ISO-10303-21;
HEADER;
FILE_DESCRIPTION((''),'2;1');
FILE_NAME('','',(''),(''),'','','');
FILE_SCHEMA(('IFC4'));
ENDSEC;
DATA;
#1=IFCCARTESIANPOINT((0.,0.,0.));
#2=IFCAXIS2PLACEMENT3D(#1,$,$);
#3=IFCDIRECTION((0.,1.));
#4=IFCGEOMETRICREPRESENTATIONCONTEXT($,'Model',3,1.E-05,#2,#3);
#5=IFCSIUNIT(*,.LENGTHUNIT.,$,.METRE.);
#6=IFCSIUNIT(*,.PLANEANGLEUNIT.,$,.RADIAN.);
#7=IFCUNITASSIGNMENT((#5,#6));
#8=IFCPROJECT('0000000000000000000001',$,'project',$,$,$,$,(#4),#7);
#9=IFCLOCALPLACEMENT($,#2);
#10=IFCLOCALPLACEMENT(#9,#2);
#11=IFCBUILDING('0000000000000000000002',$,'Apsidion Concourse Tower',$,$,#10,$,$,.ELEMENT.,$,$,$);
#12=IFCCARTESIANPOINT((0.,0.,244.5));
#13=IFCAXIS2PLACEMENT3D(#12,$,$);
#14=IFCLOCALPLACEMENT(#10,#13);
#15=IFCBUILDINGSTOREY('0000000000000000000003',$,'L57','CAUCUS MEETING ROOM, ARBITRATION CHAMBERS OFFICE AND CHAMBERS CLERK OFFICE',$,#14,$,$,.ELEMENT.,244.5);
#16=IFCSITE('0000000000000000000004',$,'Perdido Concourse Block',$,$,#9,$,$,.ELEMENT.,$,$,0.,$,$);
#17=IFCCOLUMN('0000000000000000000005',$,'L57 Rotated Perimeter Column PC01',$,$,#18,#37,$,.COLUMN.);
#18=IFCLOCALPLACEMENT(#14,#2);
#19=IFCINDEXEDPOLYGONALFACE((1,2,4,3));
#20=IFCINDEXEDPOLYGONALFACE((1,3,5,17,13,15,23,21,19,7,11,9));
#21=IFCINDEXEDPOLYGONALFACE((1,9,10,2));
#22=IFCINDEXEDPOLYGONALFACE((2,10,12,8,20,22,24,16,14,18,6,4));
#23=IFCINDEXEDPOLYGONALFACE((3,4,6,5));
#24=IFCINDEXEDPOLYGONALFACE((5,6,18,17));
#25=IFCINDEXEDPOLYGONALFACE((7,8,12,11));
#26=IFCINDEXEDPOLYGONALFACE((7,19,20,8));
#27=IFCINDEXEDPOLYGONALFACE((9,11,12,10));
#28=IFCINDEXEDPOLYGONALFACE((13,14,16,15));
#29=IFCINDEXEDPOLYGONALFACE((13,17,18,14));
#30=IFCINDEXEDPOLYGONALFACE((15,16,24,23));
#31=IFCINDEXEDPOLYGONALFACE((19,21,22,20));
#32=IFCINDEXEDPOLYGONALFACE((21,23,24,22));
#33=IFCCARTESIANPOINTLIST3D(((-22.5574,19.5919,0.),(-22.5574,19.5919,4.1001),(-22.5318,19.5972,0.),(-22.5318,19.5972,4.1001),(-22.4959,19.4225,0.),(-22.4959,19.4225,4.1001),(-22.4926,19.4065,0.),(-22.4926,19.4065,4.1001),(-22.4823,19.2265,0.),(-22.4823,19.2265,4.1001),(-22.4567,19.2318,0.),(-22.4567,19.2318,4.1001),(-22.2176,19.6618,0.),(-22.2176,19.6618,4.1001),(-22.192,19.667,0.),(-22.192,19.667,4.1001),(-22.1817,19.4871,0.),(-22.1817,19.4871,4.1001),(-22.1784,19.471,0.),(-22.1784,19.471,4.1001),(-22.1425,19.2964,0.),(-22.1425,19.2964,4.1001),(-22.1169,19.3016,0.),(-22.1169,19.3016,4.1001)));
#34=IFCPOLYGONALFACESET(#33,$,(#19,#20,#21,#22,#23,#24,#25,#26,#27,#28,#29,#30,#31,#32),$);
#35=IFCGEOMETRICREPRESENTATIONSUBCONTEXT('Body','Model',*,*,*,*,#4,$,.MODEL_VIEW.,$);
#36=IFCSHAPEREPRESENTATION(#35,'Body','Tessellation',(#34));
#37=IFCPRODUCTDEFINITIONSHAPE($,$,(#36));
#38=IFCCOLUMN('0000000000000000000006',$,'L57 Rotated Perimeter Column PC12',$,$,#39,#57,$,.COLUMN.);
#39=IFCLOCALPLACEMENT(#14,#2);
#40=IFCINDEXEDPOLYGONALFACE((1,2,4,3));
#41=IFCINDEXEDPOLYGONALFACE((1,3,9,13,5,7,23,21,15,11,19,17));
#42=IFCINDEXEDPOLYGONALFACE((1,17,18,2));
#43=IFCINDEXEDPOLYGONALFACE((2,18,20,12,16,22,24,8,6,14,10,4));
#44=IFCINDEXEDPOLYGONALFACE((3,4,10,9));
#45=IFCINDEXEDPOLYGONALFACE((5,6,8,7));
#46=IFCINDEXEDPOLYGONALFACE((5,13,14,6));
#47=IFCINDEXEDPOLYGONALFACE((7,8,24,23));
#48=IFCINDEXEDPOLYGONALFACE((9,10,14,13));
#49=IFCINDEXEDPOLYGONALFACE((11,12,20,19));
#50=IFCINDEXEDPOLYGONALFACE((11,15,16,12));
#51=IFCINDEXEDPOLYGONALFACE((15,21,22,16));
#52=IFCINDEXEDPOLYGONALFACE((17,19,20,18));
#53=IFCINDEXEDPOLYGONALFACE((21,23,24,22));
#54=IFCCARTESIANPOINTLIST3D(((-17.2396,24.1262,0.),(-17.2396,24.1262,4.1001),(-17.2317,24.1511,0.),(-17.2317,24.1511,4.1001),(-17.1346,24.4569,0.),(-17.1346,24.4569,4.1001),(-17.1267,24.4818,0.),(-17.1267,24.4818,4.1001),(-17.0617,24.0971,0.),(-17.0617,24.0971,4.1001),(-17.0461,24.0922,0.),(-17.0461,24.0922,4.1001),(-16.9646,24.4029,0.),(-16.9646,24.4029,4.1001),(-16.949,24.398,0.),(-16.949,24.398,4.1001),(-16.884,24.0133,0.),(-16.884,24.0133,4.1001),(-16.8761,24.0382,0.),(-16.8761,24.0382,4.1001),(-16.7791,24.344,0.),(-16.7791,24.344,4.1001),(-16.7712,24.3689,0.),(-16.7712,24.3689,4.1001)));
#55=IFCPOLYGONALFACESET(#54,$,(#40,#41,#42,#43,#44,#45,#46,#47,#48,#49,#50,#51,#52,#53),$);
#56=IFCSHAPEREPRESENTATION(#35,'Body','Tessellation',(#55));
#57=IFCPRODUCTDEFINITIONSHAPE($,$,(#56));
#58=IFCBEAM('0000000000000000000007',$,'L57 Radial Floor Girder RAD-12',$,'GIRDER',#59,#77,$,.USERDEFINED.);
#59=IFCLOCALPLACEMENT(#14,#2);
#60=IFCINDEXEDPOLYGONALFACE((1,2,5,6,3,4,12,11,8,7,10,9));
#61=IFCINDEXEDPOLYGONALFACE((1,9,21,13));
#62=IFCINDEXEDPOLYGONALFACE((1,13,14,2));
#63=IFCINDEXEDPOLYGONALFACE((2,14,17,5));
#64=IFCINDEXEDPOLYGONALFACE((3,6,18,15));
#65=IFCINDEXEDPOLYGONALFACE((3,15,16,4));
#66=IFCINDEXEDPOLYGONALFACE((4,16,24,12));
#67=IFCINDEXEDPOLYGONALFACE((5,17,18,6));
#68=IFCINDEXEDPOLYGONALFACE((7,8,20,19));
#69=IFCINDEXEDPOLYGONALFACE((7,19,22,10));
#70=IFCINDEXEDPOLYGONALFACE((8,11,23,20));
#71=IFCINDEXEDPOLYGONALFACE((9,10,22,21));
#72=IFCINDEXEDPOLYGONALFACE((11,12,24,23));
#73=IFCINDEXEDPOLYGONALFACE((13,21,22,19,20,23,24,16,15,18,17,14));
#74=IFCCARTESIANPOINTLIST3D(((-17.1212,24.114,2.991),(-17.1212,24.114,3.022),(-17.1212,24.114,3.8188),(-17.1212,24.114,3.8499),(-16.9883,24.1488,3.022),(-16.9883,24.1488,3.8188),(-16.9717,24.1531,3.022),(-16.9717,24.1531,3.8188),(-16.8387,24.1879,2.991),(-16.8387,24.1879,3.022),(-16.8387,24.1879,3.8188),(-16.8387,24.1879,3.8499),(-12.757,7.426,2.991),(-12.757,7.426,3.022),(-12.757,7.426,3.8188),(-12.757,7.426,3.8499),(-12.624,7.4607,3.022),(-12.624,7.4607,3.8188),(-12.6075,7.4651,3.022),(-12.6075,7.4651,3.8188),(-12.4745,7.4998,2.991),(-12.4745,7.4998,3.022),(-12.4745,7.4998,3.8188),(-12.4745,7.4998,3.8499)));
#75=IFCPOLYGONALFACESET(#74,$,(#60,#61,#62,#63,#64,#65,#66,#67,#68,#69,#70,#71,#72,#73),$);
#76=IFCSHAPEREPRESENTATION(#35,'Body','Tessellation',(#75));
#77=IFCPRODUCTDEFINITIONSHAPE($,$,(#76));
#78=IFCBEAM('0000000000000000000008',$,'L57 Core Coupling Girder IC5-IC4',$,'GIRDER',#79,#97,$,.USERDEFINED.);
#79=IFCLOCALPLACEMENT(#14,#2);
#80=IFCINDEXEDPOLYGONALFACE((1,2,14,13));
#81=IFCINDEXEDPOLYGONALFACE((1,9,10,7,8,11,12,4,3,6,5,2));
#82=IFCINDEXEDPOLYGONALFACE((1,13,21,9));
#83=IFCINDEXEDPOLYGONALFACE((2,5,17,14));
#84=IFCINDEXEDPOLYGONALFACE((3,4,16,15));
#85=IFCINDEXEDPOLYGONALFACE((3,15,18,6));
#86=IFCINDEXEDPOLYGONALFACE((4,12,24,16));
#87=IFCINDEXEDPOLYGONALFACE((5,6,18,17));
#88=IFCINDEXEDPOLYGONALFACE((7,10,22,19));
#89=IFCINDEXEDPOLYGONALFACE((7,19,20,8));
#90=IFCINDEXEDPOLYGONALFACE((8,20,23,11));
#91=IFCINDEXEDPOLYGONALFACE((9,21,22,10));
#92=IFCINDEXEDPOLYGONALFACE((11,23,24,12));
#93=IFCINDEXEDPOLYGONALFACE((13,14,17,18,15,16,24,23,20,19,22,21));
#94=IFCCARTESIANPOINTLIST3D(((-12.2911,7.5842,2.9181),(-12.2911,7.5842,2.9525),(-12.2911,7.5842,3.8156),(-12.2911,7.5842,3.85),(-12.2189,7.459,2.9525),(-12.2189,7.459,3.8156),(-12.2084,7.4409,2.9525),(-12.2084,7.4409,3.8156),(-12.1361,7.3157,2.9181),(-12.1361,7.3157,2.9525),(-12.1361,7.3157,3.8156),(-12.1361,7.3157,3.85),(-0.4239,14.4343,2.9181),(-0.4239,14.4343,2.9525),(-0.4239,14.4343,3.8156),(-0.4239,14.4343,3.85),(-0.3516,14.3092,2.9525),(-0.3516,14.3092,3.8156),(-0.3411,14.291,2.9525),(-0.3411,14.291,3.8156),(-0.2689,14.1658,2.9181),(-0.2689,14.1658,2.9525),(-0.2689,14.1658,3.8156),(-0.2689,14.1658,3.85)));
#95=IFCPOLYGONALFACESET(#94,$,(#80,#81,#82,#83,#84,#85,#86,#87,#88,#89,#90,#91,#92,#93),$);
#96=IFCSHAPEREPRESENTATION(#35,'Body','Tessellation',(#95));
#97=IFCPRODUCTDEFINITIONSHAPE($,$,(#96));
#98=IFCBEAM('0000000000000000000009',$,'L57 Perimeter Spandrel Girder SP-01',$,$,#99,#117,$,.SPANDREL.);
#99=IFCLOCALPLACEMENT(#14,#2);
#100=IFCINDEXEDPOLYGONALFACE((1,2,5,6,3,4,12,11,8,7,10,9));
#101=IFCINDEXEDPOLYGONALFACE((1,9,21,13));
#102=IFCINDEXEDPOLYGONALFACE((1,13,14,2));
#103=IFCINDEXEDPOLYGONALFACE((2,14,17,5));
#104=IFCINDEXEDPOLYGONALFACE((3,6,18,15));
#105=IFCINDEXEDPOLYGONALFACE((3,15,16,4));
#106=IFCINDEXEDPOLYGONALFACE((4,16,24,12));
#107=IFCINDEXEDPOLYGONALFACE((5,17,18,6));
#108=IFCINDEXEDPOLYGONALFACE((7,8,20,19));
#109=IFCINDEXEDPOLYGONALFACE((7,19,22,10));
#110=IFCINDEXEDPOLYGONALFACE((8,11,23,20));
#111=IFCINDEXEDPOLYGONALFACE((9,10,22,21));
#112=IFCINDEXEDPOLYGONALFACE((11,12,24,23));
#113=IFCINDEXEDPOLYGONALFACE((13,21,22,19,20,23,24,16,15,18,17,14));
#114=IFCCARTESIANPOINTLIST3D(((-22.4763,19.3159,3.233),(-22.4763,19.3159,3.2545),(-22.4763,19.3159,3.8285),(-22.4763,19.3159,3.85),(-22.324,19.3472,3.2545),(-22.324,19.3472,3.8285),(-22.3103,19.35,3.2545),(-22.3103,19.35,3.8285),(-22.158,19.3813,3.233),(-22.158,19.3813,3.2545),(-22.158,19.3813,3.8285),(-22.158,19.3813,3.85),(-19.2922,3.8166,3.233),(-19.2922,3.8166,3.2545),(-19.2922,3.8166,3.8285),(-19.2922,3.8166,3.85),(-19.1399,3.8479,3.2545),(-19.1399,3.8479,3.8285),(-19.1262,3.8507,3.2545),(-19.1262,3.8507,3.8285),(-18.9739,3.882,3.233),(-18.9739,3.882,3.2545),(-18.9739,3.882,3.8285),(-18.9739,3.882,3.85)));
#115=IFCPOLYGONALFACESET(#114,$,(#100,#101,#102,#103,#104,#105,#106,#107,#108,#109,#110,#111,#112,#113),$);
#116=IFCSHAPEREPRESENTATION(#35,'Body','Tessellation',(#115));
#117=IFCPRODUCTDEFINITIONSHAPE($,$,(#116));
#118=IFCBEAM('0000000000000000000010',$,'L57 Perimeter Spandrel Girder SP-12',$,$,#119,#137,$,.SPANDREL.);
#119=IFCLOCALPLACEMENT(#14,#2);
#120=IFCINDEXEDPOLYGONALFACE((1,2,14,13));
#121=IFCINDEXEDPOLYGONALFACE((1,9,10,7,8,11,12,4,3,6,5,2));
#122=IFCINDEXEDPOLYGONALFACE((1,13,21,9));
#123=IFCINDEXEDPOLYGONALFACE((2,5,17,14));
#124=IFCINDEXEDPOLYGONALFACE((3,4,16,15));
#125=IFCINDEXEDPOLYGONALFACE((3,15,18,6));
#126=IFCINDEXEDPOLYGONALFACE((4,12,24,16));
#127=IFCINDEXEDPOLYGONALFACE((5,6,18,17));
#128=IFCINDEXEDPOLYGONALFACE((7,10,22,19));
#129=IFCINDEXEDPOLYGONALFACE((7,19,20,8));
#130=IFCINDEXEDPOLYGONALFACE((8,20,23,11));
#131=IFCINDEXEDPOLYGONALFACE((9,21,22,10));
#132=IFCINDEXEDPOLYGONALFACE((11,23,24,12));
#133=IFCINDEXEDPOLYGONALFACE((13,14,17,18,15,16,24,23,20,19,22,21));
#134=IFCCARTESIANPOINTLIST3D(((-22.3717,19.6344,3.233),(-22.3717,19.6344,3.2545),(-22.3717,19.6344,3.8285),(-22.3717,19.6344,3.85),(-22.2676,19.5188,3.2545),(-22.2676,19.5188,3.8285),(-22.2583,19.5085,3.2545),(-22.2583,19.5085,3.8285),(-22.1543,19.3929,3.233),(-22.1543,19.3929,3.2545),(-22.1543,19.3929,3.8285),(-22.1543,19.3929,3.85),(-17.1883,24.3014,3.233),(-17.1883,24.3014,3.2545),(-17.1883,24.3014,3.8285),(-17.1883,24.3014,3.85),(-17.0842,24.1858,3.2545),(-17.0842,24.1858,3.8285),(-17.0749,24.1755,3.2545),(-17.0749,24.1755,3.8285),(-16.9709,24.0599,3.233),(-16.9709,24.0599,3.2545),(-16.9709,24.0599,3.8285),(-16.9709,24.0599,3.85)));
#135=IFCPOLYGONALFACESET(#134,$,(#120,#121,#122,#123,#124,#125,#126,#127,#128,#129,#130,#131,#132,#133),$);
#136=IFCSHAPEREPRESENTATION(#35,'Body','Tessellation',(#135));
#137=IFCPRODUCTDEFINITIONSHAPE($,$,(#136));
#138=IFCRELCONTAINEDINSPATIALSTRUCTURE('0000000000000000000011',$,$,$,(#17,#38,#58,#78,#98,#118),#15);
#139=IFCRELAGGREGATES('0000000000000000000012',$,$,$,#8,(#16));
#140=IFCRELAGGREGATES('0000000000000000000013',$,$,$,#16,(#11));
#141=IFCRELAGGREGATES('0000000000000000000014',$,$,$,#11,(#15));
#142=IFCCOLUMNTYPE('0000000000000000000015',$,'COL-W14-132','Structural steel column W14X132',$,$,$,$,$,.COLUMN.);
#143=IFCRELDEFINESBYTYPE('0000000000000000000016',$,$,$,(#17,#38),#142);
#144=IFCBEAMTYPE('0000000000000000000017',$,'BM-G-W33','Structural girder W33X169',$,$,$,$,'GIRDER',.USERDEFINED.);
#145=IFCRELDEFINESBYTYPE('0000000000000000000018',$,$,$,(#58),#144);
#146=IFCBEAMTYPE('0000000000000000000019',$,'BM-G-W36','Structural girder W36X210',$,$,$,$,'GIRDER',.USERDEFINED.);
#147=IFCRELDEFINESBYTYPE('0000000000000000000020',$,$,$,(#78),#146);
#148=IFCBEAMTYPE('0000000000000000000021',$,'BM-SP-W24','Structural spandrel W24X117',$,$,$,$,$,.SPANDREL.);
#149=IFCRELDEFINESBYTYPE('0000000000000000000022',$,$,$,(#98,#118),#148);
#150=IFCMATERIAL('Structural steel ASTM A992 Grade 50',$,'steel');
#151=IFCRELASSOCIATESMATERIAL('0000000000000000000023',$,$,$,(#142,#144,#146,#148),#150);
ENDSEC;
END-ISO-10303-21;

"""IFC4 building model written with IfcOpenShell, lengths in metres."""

from ifc_helpers import new_model, si_unit, direction, frame, origin, origin_2d, place, context, subcontext, project, spatial, i_section, extrude, material, material_profile, profile_set, type_object, element, save


model = new_model("IFC4")

# Units and contexts
model_context = context("Model", 3, precision=1e-05, world=origin(), true_north=direction((0.0, 1.0)))
body_context = subcontext(model_context, "Body", "Model", "MODEL_VIEW")
ifc_project = project(units=[si_unit("LENGTHUNIT", "METRE"), si_unit("PLANEANGLEUNIT", "RADIAN")], contexts=[model_context])

# Site, building, storey
site_placement = place(None, origin())
site = spatial("IfcSite", under=ifc_project, at=site_placement, Name="Perdido Concourse Block", CompositionType="ELEMENT", RefElevation=0.0)
building_placement = place(site_placement, origin())
building = spatial("IfcBuilding", under=site, at=building_placement, Name="Apsidion Concourse Tower", CompositionType="ELEMENT")
storey_placement = place(building_placement, frame((0.0, 0.0, 244.5)))
storey = spatial("IfcBuildingStorey", under=building, at=storey_placement, Name="L57", Description="CAUCUS MEETING ROOM, ARBITRATION CHAMBERS OFFICE AND CHAMBERS CLERK OFFICE", CompositionType="ELEMENT", Elevation=244.5)

# Columns
ifc_material_1 = material(Name="Structural steel ASTM A992 Grade 50", Category="steel")
ifc_material_profile_1 = material_profile(ifc_material_1, i_section(OverallWidth=0.373, OverallDepth=0.373, WebThickness=0.0164, FlangeThickness=0.0261, at=origin_2d()), Name="W14X132")
ifc_profile_set_1 = profile_set([ifc_material_profile_1], Name="Structural steel ASTM A992 Grade 50")
column_type = type_object("IfcColumnType", Name="COL-W14-132", Description="Structural steel column W14X132", PredefinedType="COLUMN", material=ifc_profile_set_1)
for number, where, z_axis, x_axis, name in (
    (1, (-22.3372, 19.4468, 0.0), (0.0, 0.0, 1.0), (-0.201249, 0.97954, 0.0), "L57 Rotated Perimeter Column PC01"),
    (2, (-17.0054, 24.2476, 0.0), (0.0, 0.0, 1.0), (-0.953138, 0.302536, 0.0), "L57 Rotated Perimeter Column PC12"),
):
    element("IfcColumn", number, at=place(storey_placement, frame(where, z_axis=z_axis, x_axis=x_axis)), inside=storey, type_object=column_type, Name=name, PredefinedType="COLUMN", context=body_context, shape_type="SweptSolid", body=[
        extrude(i_section(OverallWidth=0.373, OverallDepth=0.373, WebThickness=0.0164, FlangeThickness=0.0261, at=origin_2d()), origin(), (0.0, 0.0, 1.0), 4.1001),
    ])

# Beams
ifc_material_profile_2 = material_profile(ifc_material_1, i_section(OverallWidth=0.292, OverallDepth=0.8589, WebThickness=0.0171, FlangeThickness=0.031, at=origin_2d()), Name="W33X169")
ifc_profile_set_2 = profile_set([ifc_material_profile_2], Name="Structural steel ASTM A992 Grade 50")
beam_type_1 = type_object("IfcBeamType", Name="BM-G-W33", Description="Structural girder W33X169", ElementType="GIRDER", PredefinedType="USERDEFINED", material=ifc_profile_set_2)
beam_1_placement = place(storey_placement, frame((-12.6157, 7.4629, 3.4204), z_axis=(-0.253012, 0.967463, 0.0), x_axis=(-0.967463, -0.253012, 0.0)))
element("IfcBeam", 3, at=beam_1_placement, inside=storey, type_object=beam_type_1, Name="L57 Radial Floor Girder RAD-12", ObjectType="GIRDER", PredefinedType="USERDEFINED", context=body_context, shape_type="SweptSolid", body=[
    extrude(i_section(OverallWidth=0.292, OverallDepth=0.8589, WebThickness=0.0171, FlangeThickness=0.031, at=origin_2d()), origin(), (0.0, 0.0, 1.0), 17.2493),
])
ifc_material_profile_3 = material_profile(ifc_material_1, i_section(OverallWidth=0.3101, OverallDepth=0.9319, WebThickness=0.021, FlangeThickness=0.0344, at=origin_2d()), Name="W36X210")
ifc_profile_set_3 = profile_set([ifc_material_profile_3], Name="Structural steel ASTM A992 Grade 50")
beam_type_2 = type_object("IfcBeamType", Name="BM-G-W36", Description="Structural girder W36X210", ElementType="GIRDER", PredefinedType="USERDEFINED", material=ifc_profile_set_3)
beam_2_placement = place(storey_placement, frame((-12.2136, 7.45, 3.384), z_axis=(0.86607, 0.499922, 0.0), x_axis=(-0.499922, 0.86607, 0.0)))
element("IfcBeam", 4, at=beam_2_placement, inside=storey, type_object=beam_type_2, Name="L57 Core Coupling Girder IC5-IC4", ObjectType="GIRDER", PredefinedType="USERDEFINED", context=body_context, shape_type="SweptSolid", body=[
    extrude(i_section(OverallWidth=0.3101, OverallDepth=0.9319, WebThickness=0.021, FlangeThickness=0.0344, at=origin_2d()), origin(), (0.0, 0.0, 1.0), 13.7024),
])
ifc_material_profile_4 = material_profile(ifc_material_1, i_section(OverallWidth=0.325, OverallDepth=0.6169, WebThickness=0.0139, FlangeThickness=0.0215, at=origin_2d()), Name="W24X117")
ifc_profile_set_4 = profile_set([ifc_material_profile_4], Name="Structural steel ASTM A992 Grade 50")
beam_type_3 = type_object("IfcBeamType", Name="BM-SP-W24", Description="Structural spandrel W24X117", PredefinedType="SPANDREL", material=ifc_profile_set_4)
beam_3_placement = place(storey_placement, frame((-22.3171, 19.3486, 3.5415), z_axis=(0.201232, -0.979544, 0.0), x_axis=(0.979544, 0.201232, 0.0)))
element("IfcBeam", 5, at=beam_3_placement, inside=storey, type_object=beam_type_3, Name="L57 Perimeter Spandrel Girder SP-01", PredefinedType="SPANDREL", context=body_context, shape_type="SweptSolid", body=[
    extrude(i_section(OverallWidth=0.325, OverallDepth=0.6169, WebThickness=0.0139, FlangeThickness=0.0215, at=origin_2d()), origin(), (0.0, 0.0, 1.0), 15.823),
])
beam_4_placement = place(storey_placement, frame((-17.0796, 24.1807, 3.5415), z_axis=(-0.743153, -0.669121, 0.0), x_axis=(0.669121, -0.743153, 0.0)))
element("IfcBeam", 6, at=beam_4_placement, inside=storey, type_object=beam_type_3, Name="L57 Perimeter Spandrel Girder SP-12", PredefinedType="SPANDREL", context=body_context, shape_type="SweptSolid", body=[
    extrude(i_section(OverallWidth=0.325, OverallDepth=0.6169, WebThickness=0.0139, FlangeThickness=0.0215, at=origin_2d()), origin(), (0.0, 0.0, 1.0), 6.9749),
])

save(model, "model.ifc")
